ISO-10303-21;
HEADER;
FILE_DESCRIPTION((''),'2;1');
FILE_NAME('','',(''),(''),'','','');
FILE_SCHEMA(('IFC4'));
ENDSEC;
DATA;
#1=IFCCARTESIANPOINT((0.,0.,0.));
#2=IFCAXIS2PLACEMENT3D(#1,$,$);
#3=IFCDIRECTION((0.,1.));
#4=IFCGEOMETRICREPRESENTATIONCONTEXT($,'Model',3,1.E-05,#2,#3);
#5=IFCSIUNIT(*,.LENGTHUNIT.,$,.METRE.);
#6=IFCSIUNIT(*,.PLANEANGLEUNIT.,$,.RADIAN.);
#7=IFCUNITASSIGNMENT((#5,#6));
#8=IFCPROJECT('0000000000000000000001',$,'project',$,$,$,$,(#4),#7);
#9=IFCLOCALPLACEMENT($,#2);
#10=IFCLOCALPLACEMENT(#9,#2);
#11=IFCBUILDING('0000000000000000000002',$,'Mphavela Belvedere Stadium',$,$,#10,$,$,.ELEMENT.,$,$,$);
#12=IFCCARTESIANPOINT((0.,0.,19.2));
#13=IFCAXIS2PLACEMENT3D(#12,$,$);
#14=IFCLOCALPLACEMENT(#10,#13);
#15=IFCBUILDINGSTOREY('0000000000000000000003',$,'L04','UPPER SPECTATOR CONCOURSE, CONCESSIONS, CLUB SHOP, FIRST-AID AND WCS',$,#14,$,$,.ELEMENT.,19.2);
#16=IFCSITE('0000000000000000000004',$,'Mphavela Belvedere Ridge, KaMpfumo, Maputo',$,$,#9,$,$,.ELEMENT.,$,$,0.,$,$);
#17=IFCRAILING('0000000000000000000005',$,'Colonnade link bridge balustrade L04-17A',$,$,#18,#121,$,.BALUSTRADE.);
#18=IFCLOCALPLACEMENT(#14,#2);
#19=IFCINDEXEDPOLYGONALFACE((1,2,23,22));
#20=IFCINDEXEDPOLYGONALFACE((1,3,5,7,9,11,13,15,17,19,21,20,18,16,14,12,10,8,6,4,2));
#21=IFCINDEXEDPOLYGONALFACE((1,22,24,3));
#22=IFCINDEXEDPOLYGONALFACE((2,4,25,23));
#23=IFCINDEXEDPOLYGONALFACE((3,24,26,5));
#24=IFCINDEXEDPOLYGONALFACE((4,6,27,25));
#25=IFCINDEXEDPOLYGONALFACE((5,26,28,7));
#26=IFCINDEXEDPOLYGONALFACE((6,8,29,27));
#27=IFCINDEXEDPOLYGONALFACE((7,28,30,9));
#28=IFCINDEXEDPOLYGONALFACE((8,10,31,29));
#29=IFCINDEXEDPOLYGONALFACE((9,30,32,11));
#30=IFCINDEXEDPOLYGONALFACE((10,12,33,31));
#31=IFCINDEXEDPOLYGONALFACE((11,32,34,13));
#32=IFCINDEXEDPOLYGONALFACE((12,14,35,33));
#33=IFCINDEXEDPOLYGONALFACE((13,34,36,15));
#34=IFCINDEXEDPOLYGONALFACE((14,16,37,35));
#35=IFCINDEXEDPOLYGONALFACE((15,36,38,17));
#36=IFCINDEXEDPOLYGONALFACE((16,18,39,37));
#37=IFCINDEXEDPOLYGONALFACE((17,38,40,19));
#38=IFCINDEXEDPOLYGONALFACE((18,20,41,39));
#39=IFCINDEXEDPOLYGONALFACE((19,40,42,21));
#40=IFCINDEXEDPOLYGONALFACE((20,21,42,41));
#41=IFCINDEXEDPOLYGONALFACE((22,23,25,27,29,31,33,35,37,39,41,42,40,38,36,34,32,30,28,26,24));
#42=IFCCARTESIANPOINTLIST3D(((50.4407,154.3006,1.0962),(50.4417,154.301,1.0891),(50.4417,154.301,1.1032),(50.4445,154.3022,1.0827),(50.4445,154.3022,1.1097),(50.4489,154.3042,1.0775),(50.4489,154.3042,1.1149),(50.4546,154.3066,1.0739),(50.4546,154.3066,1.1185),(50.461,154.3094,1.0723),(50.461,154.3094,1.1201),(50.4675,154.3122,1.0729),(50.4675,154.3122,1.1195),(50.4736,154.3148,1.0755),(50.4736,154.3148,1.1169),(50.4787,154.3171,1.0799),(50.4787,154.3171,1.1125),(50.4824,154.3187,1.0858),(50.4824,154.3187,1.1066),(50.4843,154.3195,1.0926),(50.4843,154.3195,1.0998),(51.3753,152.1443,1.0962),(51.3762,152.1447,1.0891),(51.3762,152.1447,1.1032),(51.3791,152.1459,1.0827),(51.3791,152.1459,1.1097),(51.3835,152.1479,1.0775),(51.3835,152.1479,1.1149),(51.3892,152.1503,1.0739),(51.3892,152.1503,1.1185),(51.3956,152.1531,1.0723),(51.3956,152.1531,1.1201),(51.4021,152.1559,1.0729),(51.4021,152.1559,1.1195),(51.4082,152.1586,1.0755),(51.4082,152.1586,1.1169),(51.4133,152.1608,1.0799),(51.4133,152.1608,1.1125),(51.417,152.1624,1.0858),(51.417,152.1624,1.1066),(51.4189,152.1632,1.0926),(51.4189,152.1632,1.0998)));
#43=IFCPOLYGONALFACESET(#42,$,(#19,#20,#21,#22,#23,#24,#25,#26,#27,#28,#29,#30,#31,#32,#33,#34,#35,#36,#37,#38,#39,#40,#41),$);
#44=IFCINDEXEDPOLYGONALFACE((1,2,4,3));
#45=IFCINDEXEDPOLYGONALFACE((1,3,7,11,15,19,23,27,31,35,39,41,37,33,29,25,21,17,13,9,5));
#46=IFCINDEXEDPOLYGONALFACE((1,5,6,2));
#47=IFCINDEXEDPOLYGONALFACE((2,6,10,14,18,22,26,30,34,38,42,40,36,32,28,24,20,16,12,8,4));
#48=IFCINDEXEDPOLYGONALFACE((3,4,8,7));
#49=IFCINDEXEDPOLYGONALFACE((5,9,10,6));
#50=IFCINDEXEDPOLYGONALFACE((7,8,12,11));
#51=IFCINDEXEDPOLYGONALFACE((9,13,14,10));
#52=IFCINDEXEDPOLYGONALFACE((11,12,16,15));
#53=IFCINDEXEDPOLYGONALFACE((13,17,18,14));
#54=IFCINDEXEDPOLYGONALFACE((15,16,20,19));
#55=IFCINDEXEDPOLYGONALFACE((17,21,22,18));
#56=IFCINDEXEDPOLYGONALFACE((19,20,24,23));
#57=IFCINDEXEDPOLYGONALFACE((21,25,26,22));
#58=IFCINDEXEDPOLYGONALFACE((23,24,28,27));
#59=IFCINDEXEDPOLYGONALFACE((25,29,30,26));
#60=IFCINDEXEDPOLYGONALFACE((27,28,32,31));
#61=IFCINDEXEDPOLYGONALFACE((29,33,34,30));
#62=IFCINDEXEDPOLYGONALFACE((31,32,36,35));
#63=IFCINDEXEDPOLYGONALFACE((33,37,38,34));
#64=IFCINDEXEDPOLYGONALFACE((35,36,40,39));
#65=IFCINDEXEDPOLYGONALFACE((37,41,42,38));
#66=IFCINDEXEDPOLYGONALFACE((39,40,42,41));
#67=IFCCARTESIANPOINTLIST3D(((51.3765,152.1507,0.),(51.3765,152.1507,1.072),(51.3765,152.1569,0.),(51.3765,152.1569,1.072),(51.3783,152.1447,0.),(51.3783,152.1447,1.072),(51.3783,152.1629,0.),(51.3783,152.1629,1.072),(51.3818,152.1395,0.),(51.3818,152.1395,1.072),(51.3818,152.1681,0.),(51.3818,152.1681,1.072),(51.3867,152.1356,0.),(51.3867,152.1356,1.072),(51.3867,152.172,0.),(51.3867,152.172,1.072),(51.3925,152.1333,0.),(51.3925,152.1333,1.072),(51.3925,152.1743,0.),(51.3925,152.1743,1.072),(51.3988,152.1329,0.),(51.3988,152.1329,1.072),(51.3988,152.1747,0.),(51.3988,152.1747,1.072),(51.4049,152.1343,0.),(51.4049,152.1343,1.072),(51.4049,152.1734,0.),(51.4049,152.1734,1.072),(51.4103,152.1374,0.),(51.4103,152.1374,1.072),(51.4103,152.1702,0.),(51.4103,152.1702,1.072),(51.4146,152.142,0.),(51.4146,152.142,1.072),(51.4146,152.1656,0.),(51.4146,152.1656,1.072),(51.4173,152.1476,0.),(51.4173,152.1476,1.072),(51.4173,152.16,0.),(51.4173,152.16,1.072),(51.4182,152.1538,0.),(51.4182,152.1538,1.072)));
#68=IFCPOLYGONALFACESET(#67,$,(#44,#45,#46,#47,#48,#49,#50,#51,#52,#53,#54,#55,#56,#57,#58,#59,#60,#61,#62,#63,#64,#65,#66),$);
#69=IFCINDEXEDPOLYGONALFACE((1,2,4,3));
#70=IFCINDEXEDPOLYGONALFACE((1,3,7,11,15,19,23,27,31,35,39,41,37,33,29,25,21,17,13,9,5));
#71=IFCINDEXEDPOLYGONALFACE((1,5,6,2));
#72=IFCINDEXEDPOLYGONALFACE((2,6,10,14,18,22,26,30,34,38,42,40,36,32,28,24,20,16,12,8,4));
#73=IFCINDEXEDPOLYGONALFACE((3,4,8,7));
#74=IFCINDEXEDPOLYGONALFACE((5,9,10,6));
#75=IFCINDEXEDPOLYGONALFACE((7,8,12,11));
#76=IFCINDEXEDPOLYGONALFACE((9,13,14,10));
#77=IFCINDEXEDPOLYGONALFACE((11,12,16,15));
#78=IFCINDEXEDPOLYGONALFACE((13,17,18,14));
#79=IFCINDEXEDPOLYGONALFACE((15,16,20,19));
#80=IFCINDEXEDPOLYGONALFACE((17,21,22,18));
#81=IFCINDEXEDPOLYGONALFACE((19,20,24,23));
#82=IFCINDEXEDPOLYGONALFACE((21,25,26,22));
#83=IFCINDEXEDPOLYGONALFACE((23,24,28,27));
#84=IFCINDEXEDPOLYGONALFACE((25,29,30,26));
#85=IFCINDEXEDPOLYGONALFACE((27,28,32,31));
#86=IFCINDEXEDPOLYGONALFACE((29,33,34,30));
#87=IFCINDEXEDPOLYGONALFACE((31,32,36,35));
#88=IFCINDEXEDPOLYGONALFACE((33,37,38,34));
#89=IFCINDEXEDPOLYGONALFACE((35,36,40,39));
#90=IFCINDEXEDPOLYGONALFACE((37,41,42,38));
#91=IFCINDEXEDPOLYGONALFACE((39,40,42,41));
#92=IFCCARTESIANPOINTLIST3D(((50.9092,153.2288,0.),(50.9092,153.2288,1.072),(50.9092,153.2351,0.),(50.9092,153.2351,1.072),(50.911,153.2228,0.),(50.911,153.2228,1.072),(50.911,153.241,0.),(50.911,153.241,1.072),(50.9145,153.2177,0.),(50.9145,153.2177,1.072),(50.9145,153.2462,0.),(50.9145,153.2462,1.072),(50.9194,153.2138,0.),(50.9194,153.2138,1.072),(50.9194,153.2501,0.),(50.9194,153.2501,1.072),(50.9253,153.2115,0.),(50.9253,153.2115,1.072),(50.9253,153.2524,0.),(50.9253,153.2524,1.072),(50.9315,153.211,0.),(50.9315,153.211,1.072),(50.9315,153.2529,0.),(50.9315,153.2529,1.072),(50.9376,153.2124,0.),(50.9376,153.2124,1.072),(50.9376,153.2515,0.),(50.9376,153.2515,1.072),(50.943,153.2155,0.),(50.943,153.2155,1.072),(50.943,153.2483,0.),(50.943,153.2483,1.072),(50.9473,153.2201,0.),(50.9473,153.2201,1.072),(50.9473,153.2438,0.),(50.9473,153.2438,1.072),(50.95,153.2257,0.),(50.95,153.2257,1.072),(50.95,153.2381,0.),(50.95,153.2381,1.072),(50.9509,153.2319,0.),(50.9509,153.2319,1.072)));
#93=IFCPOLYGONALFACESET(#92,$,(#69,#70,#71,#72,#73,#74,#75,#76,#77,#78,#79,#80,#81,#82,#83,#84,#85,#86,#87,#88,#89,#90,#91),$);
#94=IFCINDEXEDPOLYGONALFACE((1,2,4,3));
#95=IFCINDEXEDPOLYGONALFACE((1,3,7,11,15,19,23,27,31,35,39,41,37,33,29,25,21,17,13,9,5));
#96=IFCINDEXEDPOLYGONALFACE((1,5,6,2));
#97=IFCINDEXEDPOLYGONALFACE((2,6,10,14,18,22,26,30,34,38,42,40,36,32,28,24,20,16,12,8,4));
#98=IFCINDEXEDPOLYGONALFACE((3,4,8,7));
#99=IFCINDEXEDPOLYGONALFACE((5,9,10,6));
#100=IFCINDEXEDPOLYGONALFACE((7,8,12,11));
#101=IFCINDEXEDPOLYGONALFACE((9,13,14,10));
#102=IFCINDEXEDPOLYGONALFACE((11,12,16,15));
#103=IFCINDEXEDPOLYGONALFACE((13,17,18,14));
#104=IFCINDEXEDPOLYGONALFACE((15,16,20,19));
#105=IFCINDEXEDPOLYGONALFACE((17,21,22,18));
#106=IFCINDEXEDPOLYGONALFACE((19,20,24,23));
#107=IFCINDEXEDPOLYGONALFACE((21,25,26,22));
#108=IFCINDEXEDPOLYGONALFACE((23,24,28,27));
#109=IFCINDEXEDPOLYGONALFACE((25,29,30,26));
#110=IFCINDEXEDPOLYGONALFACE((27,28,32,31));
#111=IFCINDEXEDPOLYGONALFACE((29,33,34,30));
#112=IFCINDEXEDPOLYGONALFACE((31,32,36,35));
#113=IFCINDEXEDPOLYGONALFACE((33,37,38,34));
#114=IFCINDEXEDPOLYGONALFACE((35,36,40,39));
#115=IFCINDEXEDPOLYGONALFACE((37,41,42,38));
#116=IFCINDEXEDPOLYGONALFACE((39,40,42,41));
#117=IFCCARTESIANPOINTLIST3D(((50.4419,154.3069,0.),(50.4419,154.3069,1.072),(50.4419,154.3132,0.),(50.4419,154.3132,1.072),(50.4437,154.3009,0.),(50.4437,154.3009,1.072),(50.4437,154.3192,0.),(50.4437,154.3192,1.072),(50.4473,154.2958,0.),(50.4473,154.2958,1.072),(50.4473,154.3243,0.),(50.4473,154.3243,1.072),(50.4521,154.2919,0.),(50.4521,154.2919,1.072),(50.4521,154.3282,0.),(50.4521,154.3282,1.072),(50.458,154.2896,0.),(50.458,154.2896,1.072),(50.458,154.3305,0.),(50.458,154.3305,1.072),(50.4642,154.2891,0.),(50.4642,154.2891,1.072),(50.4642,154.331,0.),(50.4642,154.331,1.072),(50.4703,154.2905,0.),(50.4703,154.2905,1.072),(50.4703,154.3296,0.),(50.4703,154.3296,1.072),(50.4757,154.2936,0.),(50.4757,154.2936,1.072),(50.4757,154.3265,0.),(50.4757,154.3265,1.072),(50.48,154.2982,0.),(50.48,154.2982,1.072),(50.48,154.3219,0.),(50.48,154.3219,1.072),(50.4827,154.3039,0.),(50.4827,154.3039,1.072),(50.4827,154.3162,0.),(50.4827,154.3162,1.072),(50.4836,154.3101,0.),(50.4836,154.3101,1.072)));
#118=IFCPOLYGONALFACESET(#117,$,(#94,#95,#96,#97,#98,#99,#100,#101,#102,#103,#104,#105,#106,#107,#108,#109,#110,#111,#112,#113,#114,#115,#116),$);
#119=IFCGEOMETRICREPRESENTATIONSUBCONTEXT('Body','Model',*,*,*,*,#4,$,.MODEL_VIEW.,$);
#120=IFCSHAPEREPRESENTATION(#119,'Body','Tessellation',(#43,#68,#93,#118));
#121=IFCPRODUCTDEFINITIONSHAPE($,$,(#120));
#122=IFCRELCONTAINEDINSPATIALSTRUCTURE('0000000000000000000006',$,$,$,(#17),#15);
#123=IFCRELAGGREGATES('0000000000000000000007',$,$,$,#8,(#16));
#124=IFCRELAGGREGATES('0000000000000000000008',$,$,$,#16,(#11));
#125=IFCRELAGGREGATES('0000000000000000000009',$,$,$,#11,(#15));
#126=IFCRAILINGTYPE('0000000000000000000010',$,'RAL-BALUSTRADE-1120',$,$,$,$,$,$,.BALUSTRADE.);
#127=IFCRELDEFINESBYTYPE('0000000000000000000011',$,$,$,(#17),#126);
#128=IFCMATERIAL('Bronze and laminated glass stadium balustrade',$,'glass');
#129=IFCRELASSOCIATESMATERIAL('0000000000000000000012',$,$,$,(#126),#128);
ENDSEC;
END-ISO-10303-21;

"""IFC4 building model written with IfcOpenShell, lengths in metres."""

from ifc_helpers import new_model, si_unit, direction, frame, origin, origin_2d, place, context, subcontext, project, spatial, circle, extrude, material, type_object, element, save


model = new_model("IFC4")

# Units and contexts
model_context = context("Model", 3, precision=1e-05, world=origin(), true_north=direction((0.0, 1.0)))
body_context = subcontext(model_context, "Body", "Model", "MODEL_VIEW")
ifc_project = project(units=[si_unit("LENGTHUNIT", "METRE"), si_unit("PLANEANGLEUNIT", "RADIAN")], contexts=[model_context])

# Site, building, storey
site_placement = place(None, origin())
site = spatial("IfcSite", under=ifc_project, at=site_placement, Name="Mphavela Belvedere Ridge, KaMpfumo, Maputo", CompositionType="ELEMENT", RefElevation=0.0)
building_placement = place(site_placement, origin())
building = spatial("IfcBuilding", under=site, at=building_placement, Name="Mphavela Belvedere Stadium", CompositionType="ELEMENT")
storey_placement = place(building_placement, frame((0.0, 0.0, 19.2)))
storey = spatial("IfcBuildingStorey", under=building, at=storey_placement, Name="L04", Description="UPPER SPECTATOR CONCOURSE, CONCESSIONS, CLUB SHOP, FIRST-AID AND WCS", CompositionType="ELEMENT", Elevation=19.2)

# Railing
ifc_material_1 = material(Name="Bronze and laminated glass stadium balustrade", Category="glass")
railing_type = type_object("IfcRailingType", Name="RAL-BALUSTRADE-1120", PredefinedType="BALUSTRADE", material=ifc_material_1)
railing_placement = place(storey_placement, frame((51.3972, 152.1538, 0.0)))
element("IfcRailing", 1, at=railing_placement, inside=storey, type_object=railing_type, Name="Colonnade link bridge balustrade L04-17A", PredefinedType="BALUSTRADE", context=body_context, shape_type="SweptSolid", body=[
    extrude(circle(Radius=0.0239, at=origin_2d()), frame((0.0, 0.0, 1.0962), z_axis=(-0.397677, 0.917525, 0.0), x_axis=(-0.917525, -0.397677, 0.0)), (0.0, 0.0, 1.0), 2.3501),
    extrude(circle(Radius=0.021, at=origin_2d()), origin(), (0.0, 0.0, 1.0), 1.072),
    extrude(circle(Radius=0.021, at=origin_2d()), frame((-0.4673, 1.0781, 0.0)), (0.0, 0.0, 1.0), 1.072),
    extrude(circle(Radius=0.021, at=origin_2d()), frame((-0.9346, 2.1562, 0.0)), (0.0, 0.0, 1.0), 1.072),
])

save(model, "model.ifc")
